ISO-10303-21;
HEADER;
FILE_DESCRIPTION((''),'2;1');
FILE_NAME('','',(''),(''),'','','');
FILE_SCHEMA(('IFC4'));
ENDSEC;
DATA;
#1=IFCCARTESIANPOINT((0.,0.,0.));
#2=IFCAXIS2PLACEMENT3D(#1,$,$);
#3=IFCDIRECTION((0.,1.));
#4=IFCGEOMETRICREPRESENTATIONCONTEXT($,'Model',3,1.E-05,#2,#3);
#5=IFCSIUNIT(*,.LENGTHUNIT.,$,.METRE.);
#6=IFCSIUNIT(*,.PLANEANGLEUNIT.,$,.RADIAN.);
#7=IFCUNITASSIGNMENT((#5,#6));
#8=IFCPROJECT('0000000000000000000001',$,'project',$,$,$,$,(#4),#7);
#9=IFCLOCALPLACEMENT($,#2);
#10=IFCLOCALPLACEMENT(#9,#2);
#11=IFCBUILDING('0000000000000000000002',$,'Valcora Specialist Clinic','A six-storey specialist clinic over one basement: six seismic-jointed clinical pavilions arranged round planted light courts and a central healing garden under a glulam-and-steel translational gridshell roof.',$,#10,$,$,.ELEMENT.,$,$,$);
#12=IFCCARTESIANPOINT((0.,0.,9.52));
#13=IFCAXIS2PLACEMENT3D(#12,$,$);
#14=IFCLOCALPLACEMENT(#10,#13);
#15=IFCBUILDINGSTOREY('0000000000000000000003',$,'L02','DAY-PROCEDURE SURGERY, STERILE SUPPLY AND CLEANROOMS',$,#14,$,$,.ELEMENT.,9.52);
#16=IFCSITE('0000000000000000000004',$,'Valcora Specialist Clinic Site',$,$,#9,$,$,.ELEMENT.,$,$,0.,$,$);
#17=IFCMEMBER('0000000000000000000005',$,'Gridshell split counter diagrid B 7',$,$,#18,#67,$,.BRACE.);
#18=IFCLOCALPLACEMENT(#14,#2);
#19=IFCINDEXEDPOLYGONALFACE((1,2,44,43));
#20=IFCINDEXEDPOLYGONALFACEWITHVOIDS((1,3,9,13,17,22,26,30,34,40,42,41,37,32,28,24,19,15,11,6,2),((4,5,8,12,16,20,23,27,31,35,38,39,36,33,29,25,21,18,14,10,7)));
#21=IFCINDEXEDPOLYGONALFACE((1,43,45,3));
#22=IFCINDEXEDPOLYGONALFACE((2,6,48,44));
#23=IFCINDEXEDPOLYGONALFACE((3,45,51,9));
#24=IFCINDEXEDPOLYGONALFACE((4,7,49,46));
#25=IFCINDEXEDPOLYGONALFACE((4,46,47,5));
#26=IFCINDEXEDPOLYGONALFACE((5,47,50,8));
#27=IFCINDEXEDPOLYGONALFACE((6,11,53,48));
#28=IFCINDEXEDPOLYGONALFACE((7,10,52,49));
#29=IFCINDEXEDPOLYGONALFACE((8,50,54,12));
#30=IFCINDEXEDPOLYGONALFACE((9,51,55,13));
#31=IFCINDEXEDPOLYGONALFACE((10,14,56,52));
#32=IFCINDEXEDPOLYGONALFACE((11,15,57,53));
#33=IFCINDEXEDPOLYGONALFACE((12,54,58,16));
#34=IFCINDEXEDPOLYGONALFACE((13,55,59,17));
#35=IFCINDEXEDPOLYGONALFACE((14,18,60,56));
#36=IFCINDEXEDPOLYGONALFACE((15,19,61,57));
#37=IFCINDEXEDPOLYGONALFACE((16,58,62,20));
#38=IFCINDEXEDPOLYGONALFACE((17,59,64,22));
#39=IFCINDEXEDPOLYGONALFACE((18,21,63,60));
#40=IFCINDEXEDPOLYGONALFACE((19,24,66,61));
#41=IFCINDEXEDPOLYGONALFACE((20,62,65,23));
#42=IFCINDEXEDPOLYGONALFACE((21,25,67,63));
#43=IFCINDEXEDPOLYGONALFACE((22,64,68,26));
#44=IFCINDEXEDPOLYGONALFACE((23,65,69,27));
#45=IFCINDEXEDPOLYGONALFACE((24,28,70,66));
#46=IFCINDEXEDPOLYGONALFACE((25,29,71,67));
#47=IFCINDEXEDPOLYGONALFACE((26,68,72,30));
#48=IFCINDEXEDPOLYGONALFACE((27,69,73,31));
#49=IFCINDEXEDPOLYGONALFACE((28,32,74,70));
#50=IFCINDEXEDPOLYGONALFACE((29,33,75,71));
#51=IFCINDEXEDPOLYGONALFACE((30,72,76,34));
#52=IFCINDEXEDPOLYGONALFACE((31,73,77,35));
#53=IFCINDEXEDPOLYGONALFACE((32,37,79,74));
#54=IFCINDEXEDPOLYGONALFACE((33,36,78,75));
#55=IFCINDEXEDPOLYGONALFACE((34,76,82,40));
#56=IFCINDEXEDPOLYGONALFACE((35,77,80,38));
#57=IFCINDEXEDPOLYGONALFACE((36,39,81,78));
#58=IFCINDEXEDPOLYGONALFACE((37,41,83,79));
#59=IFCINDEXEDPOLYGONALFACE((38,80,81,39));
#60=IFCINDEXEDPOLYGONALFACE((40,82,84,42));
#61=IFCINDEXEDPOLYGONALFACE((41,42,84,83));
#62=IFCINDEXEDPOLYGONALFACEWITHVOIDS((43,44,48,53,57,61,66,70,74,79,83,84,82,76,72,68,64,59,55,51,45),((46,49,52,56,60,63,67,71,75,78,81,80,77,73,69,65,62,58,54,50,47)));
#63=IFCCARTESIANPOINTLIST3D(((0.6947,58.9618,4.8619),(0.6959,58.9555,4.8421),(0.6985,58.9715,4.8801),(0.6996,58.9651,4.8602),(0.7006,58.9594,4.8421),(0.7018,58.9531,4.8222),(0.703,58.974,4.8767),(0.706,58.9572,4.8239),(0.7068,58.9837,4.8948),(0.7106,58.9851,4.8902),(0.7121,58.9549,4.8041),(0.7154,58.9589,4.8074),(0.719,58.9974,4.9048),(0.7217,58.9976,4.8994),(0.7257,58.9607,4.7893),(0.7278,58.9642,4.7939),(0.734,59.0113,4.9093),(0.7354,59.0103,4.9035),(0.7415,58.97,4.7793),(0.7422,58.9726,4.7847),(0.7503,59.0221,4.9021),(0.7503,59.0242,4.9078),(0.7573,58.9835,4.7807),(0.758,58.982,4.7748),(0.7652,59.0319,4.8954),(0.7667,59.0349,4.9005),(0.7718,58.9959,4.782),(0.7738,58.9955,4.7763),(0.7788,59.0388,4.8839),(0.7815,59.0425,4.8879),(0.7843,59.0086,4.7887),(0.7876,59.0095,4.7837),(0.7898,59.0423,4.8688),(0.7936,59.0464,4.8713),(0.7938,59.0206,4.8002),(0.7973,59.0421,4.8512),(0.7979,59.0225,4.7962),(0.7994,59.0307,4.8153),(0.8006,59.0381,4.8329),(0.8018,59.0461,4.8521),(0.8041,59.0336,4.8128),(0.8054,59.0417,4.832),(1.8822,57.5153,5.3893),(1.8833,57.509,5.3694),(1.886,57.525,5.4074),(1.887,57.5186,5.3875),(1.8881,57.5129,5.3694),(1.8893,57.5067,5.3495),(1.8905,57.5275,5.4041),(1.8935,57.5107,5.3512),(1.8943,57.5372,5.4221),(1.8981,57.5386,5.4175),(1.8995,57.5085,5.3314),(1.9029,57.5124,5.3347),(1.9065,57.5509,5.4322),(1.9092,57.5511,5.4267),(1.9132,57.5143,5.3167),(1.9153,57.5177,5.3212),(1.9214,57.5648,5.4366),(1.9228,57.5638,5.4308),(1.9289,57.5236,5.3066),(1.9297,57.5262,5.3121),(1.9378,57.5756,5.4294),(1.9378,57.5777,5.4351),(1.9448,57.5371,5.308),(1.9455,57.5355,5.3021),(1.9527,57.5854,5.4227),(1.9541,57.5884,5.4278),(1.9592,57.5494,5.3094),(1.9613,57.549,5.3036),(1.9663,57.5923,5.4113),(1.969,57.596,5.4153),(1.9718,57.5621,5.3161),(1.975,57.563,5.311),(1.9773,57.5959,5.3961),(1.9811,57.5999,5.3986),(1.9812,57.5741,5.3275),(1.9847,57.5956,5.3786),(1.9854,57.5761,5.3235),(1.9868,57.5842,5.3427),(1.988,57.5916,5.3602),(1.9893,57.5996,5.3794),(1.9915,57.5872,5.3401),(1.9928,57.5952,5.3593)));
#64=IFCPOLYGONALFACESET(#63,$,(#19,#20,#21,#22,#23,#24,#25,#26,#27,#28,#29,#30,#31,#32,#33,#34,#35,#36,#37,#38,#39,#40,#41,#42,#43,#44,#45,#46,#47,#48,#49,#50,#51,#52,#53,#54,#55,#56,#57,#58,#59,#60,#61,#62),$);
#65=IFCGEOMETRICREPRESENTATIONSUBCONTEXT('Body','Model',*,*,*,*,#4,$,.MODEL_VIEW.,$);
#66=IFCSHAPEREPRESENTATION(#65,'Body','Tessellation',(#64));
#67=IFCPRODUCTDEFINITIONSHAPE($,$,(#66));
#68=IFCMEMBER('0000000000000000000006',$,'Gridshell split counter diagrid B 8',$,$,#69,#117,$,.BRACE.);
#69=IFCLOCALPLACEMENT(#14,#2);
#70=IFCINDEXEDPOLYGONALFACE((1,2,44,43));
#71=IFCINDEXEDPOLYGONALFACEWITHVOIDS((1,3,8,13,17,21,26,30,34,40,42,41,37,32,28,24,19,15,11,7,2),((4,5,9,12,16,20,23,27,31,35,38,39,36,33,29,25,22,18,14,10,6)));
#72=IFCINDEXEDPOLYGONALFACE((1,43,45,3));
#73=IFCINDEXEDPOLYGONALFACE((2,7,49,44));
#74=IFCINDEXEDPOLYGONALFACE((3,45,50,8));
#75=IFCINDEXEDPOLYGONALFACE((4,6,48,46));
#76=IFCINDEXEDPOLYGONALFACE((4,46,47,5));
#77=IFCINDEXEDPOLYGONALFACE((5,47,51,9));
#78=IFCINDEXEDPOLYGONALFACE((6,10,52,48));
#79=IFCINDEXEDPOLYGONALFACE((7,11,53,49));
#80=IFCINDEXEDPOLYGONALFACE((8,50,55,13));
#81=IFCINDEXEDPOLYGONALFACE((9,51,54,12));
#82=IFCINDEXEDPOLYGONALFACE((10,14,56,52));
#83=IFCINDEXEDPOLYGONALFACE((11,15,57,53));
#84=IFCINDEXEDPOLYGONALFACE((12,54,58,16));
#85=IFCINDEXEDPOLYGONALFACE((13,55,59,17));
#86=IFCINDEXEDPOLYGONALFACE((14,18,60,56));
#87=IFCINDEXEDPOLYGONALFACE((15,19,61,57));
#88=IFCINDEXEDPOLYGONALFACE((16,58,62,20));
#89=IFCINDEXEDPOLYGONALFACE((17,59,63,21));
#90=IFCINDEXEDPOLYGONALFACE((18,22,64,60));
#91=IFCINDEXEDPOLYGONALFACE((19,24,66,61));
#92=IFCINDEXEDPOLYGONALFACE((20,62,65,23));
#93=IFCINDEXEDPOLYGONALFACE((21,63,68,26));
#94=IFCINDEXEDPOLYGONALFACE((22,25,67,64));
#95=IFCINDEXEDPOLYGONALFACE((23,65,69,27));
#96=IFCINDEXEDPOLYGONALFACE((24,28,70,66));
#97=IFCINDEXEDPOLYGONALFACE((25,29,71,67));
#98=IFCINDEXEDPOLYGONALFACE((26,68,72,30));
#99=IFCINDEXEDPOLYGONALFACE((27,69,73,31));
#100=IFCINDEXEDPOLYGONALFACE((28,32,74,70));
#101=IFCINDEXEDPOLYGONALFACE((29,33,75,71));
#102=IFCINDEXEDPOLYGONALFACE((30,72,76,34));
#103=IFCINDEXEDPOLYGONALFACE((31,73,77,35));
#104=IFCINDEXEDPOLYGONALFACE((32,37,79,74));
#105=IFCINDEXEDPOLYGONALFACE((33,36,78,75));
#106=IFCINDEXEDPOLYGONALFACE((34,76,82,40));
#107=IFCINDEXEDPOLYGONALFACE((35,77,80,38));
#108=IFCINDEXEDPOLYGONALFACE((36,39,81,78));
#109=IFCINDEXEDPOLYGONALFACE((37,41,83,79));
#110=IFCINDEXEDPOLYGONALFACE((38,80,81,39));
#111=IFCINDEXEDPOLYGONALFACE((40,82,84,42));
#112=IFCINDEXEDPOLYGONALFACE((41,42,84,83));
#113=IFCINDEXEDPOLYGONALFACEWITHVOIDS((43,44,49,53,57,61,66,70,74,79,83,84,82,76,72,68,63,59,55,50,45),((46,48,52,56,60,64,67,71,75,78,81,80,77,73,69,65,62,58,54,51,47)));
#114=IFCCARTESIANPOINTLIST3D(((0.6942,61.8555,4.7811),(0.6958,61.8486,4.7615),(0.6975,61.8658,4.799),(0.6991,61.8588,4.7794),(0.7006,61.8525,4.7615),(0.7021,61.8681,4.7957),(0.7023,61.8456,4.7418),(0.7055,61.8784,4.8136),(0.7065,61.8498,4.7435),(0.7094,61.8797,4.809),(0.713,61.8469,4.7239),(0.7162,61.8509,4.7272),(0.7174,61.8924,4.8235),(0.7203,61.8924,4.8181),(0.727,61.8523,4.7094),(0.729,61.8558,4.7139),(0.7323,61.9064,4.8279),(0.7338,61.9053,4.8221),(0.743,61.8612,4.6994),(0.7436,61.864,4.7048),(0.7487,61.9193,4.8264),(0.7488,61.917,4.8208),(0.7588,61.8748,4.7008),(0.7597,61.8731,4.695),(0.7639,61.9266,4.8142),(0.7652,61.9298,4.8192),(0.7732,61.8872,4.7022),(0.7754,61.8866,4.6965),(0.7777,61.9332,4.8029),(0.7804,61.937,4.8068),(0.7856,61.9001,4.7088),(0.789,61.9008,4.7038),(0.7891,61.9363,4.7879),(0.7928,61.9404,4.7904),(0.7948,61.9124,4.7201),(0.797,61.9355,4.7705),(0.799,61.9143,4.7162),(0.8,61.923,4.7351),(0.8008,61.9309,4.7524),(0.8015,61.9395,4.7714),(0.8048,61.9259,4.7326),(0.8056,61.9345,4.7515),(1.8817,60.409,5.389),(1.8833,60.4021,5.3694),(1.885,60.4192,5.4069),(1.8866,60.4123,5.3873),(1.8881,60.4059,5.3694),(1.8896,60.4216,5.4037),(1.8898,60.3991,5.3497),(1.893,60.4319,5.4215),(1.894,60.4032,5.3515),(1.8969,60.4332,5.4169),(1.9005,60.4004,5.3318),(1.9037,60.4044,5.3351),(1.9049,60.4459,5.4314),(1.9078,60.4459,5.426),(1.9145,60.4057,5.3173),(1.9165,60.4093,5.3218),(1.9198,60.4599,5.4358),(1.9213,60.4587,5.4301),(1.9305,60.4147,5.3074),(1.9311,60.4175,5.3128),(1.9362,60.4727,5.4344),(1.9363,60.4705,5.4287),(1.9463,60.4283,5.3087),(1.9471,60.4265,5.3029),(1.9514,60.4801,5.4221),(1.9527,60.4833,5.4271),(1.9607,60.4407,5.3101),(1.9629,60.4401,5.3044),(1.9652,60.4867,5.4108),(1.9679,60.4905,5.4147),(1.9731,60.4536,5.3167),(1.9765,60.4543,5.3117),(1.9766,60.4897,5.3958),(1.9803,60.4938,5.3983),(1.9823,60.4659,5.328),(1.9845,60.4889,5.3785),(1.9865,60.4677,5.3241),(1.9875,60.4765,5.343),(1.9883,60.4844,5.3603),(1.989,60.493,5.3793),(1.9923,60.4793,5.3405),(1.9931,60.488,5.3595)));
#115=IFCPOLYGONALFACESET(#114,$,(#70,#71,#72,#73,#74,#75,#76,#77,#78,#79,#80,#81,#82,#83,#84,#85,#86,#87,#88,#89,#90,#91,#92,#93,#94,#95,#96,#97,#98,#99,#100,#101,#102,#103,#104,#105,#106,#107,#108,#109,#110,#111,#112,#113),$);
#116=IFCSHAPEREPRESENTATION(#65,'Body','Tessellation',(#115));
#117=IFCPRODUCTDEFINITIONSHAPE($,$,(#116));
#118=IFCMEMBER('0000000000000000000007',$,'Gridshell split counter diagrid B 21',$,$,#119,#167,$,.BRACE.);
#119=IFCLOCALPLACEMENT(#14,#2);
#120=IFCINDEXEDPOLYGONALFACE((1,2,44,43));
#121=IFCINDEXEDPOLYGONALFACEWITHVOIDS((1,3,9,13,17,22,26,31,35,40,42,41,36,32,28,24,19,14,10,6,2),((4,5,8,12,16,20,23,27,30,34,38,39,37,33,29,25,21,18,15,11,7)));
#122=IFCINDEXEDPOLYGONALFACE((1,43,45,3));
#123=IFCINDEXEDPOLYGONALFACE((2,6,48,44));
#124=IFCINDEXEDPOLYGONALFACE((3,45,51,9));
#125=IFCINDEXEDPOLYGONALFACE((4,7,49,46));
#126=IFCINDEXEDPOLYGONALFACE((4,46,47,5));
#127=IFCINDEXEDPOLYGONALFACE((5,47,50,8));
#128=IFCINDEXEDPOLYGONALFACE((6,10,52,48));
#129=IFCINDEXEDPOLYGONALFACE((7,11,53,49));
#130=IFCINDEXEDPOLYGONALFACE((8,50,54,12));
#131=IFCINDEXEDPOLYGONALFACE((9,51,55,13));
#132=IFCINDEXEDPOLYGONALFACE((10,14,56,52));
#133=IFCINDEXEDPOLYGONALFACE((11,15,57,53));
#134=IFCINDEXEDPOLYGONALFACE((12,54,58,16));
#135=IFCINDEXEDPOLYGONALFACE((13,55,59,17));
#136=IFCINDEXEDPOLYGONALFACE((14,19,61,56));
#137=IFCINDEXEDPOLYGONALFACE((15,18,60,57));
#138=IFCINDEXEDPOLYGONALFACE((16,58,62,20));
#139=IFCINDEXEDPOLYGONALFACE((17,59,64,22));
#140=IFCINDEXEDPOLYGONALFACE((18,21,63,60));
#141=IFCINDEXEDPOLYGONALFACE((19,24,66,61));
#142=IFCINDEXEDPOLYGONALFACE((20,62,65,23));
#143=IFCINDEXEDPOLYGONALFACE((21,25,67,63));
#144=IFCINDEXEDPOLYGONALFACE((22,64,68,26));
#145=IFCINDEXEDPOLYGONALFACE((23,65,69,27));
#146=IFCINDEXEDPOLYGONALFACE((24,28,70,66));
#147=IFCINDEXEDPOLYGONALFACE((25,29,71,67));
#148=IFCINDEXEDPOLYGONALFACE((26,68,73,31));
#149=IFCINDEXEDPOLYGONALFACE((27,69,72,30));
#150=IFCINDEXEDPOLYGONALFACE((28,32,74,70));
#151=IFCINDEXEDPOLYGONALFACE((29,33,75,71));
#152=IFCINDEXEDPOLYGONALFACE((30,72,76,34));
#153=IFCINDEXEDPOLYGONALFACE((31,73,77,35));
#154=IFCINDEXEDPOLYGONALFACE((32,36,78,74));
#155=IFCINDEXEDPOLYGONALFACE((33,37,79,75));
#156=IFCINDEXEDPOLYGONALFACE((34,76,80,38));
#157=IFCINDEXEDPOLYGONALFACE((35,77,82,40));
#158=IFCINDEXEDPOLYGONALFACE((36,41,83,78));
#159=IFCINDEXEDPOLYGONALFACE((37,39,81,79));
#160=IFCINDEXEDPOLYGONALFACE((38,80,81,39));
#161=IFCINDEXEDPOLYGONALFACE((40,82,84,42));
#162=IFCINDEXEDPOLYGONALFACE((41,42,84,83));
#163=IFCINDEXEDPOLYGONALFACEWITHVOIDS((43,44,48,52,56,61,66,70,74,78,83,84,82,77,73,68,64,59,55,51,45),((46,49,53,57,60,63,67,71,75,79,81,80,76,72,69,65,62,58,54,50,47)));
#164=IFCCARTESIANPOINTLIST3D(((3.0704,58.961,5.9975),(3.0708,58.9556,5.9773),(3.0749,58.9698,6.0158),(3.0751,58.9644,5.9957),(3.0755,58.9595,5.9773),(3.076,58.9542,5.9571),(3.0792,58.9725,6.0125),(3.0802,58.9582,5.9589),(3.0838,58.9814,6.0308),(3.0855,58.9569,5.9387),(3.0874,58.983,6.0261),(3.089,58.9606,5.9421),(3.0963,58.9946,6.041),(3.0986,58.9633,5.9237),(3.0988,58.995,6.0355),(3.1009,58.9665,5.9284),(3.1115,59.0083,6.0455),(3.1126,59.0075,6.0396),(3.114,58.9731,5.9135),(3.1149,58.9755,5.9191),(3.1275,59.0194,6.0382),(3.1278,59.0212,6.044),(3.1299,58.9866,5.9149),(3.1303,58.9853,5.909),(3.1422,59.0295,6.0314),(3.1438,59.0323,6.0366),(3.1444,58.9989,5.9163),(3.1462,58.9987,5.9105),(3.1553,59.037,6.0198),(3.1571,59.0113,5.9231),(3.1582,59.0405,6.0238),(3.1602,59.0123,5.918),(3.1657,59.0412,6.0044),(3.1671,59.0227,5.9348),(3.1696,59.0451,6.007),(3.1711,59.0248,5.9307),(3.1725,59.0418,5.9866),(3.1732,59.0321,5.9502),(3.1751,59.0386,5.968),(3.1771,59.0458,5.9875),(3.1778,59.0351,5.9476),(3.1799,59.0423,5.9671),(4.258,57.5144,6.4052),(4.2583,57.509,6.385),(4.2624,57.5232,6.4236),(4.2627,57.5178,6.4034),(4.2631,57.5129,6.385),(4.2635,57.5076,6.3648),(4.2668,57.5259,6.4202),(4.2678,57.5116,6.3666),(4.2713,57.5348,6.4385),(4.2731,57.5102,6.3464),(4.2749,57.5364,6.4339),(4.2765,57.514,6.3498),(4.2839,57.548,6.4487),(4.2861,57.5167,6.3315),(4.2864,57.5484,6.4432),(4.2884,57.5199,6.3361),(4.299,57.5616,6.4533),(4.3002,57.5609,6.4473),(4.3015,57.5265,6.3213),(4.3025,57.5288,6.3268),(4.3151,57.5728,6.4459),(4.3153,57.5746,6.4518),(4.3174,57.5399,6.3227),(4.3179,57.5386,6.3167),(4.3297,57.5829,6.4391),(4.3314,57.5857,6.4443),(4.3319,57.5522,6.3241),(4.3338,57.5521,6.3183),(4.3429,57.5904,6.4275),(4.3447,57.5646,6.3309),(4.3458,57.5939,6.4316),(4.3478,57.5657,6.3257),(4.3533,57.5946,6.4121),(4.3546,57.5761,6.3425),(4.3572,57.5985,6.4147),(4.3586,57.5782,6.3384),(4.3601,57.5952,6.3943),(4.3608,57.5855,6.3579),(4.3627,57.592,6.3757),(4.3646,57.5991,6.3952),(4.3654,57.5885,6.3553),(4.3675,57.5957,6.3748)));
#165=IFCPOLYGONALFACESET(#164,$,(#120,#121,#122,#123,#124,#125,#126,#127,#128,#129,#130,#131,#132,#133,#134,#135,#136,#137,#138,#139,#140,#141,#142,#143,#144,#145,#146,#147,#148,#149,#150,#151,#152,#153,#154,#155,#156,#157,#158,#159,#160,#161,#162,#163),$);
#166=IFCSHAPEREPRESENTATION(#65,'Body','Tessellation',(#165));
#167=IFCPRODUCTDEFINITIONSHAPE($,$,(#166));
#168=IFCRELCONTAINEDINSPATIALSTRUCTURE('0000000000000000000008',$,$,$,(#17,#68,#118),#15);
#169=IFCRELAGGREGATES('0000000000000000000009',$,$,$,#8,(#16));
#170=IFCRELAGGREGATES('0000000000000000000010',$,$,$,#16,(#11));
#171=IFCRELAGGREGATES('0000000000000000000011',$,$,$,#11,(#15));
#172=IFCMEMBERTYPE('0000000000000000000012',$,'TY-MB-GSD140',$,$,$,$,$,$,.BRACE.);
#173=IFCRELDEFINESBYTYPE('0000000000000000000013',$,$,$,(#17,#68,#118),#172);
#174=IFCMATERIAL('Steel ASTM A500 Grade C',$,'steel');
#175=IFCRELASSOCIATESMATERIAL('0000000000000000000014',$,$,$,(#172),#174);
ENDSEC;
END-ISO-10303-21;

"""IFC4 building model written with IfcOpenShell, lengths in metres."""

from ifc_helpers import new_model, si_unit, direction, frame, origin, origin_2d, place, context, subcontext, project, spatial, hollow_circle, extrude, material, material_profile, profile_set, type_object, element, save


model = new_model("IFC4")

# Units and contexts
model_context = context("Model", 3, precision=1e-05, world=origin(), true_north=direction((0.0, 1.0)))
body_context = subcontext(model_context, "Body", "Model", "MODEL_VIEW")
ifc_project = project(units=[si_unit("LENGTHUNIT", "METRE"), si_unit("PLANEANGLEUNIT", "RADIAN")], contexts=[model_context])

# Site, building, storey
site_placement = place(None, origin())
site = spatial("IfcSite", under=ifc_project, at=site_placement, Name="Valcora Specialist Clinic Site", CompositionType="ELEMENT", RefElevation=0.0)
building_placement = place(site_placement, origin())
building = spatial("IfcBuilding", under=site, at=building_placement, Name="Valcora Specialist Clinic", Description="A six-storey specialist clinic over one basement: six seismic-jointed clinical pavilions arranged round planted light courts and a central healing garden under a glulam-and-steel translational gridshell roof.", CompositionType="ELEMENT")
storey_placement = place(building_placement, frame((0.0, 0.0, 9.52)))
storey = spatial("IfcBuildingStorey", under=building, at=storey_placement, Name="L02", Description="DAY-PROCEDURE SURGERY, STERILE SUPPLY AND CLEANROOMS", CompositionType="ELEMENT", Elevation=9.52)

# Members
ifc_material_1 = material(Name="Steel ASTM A500 Grade C", Category="steel")
ifc_material_profile_1 = material_profile(ifc_material_1, hollow_circle(Radius=0.0701, WallThickness=0.0061, at=origin_2d()), Name="ST-CHS-140X6")
ifc_profile_set_1 = profile_set([ifc_material_profile_1], Name="Steel ASTM A500 Grade C")
member_type_1 = type_object("IfcMemberType", Name="TY-MB-GSD140", PredefinedType="BRACE", material=ifc_profile_set_1)
member_1_placement = place(storey_placement, frame((1.9375, 57.5535, 5.3694), z_axis=(-0.610727, 0.743947, -0.271211), x_axis=(-0.772916, -0.634508, 0.0)))
element("IfcMember", 1, at=member_1_placement, inside=storey, type_object=member_type_1, Name="Gridshell split counter diagrid B 7", PredefinedType="BRACE", context=body_context, shape_type="SweptSolid", body=[
    extrude(hollow_circle(Radius=0.0701, WallThickness=0.0061, at=origin_2d()), origin(), (0.0, 0.0, 1.0), 1.9443),
])
member_2_placement = place(storey_placement, frame((1.9375, 60.4465, 5.3694), z_axis=(-0.603471, 0.735108, -0.308932), x_axis=(-0.772916, -0.634508, 0.0)))
element("IfcMember", 2, at=member_2_placement, inside=storey, type_object=member_type_1, Name="Gridshell split counter diagrid B 8", PredefinedType="BRACE", context=body_context, shape_type="SweptSolid", body=[
    extrude(hollow_circle(Radius=0.0701, WallThickness=0.0061, at=origin_2d()), origin(), (0.0, 0.0, 1.0), 1.9678),
])
member_3_placement = place(storey_placement, frame((4.3125, 57.5535, 6.385), z_axis=(-0.619967, 0.755203, -0.212859), x_axis=(-0.772916, -0.634508, 0.0)))
element("IfcMember", 3, at=member_3_placement, inside=storey, type_object=member_type_1, Name="Gridshell split counter diagrid B 21", PredefinedType="BRACE", context=body_context, shape_type="SweptSolid", body=[
    extrude(hollow_circle(Radius=0.0701, WallThickness=0.0061, at=origin_2d()), origin(), (0.0, 0.0, 1.0), 1.9155),
])

save(model, "model.ifc")
